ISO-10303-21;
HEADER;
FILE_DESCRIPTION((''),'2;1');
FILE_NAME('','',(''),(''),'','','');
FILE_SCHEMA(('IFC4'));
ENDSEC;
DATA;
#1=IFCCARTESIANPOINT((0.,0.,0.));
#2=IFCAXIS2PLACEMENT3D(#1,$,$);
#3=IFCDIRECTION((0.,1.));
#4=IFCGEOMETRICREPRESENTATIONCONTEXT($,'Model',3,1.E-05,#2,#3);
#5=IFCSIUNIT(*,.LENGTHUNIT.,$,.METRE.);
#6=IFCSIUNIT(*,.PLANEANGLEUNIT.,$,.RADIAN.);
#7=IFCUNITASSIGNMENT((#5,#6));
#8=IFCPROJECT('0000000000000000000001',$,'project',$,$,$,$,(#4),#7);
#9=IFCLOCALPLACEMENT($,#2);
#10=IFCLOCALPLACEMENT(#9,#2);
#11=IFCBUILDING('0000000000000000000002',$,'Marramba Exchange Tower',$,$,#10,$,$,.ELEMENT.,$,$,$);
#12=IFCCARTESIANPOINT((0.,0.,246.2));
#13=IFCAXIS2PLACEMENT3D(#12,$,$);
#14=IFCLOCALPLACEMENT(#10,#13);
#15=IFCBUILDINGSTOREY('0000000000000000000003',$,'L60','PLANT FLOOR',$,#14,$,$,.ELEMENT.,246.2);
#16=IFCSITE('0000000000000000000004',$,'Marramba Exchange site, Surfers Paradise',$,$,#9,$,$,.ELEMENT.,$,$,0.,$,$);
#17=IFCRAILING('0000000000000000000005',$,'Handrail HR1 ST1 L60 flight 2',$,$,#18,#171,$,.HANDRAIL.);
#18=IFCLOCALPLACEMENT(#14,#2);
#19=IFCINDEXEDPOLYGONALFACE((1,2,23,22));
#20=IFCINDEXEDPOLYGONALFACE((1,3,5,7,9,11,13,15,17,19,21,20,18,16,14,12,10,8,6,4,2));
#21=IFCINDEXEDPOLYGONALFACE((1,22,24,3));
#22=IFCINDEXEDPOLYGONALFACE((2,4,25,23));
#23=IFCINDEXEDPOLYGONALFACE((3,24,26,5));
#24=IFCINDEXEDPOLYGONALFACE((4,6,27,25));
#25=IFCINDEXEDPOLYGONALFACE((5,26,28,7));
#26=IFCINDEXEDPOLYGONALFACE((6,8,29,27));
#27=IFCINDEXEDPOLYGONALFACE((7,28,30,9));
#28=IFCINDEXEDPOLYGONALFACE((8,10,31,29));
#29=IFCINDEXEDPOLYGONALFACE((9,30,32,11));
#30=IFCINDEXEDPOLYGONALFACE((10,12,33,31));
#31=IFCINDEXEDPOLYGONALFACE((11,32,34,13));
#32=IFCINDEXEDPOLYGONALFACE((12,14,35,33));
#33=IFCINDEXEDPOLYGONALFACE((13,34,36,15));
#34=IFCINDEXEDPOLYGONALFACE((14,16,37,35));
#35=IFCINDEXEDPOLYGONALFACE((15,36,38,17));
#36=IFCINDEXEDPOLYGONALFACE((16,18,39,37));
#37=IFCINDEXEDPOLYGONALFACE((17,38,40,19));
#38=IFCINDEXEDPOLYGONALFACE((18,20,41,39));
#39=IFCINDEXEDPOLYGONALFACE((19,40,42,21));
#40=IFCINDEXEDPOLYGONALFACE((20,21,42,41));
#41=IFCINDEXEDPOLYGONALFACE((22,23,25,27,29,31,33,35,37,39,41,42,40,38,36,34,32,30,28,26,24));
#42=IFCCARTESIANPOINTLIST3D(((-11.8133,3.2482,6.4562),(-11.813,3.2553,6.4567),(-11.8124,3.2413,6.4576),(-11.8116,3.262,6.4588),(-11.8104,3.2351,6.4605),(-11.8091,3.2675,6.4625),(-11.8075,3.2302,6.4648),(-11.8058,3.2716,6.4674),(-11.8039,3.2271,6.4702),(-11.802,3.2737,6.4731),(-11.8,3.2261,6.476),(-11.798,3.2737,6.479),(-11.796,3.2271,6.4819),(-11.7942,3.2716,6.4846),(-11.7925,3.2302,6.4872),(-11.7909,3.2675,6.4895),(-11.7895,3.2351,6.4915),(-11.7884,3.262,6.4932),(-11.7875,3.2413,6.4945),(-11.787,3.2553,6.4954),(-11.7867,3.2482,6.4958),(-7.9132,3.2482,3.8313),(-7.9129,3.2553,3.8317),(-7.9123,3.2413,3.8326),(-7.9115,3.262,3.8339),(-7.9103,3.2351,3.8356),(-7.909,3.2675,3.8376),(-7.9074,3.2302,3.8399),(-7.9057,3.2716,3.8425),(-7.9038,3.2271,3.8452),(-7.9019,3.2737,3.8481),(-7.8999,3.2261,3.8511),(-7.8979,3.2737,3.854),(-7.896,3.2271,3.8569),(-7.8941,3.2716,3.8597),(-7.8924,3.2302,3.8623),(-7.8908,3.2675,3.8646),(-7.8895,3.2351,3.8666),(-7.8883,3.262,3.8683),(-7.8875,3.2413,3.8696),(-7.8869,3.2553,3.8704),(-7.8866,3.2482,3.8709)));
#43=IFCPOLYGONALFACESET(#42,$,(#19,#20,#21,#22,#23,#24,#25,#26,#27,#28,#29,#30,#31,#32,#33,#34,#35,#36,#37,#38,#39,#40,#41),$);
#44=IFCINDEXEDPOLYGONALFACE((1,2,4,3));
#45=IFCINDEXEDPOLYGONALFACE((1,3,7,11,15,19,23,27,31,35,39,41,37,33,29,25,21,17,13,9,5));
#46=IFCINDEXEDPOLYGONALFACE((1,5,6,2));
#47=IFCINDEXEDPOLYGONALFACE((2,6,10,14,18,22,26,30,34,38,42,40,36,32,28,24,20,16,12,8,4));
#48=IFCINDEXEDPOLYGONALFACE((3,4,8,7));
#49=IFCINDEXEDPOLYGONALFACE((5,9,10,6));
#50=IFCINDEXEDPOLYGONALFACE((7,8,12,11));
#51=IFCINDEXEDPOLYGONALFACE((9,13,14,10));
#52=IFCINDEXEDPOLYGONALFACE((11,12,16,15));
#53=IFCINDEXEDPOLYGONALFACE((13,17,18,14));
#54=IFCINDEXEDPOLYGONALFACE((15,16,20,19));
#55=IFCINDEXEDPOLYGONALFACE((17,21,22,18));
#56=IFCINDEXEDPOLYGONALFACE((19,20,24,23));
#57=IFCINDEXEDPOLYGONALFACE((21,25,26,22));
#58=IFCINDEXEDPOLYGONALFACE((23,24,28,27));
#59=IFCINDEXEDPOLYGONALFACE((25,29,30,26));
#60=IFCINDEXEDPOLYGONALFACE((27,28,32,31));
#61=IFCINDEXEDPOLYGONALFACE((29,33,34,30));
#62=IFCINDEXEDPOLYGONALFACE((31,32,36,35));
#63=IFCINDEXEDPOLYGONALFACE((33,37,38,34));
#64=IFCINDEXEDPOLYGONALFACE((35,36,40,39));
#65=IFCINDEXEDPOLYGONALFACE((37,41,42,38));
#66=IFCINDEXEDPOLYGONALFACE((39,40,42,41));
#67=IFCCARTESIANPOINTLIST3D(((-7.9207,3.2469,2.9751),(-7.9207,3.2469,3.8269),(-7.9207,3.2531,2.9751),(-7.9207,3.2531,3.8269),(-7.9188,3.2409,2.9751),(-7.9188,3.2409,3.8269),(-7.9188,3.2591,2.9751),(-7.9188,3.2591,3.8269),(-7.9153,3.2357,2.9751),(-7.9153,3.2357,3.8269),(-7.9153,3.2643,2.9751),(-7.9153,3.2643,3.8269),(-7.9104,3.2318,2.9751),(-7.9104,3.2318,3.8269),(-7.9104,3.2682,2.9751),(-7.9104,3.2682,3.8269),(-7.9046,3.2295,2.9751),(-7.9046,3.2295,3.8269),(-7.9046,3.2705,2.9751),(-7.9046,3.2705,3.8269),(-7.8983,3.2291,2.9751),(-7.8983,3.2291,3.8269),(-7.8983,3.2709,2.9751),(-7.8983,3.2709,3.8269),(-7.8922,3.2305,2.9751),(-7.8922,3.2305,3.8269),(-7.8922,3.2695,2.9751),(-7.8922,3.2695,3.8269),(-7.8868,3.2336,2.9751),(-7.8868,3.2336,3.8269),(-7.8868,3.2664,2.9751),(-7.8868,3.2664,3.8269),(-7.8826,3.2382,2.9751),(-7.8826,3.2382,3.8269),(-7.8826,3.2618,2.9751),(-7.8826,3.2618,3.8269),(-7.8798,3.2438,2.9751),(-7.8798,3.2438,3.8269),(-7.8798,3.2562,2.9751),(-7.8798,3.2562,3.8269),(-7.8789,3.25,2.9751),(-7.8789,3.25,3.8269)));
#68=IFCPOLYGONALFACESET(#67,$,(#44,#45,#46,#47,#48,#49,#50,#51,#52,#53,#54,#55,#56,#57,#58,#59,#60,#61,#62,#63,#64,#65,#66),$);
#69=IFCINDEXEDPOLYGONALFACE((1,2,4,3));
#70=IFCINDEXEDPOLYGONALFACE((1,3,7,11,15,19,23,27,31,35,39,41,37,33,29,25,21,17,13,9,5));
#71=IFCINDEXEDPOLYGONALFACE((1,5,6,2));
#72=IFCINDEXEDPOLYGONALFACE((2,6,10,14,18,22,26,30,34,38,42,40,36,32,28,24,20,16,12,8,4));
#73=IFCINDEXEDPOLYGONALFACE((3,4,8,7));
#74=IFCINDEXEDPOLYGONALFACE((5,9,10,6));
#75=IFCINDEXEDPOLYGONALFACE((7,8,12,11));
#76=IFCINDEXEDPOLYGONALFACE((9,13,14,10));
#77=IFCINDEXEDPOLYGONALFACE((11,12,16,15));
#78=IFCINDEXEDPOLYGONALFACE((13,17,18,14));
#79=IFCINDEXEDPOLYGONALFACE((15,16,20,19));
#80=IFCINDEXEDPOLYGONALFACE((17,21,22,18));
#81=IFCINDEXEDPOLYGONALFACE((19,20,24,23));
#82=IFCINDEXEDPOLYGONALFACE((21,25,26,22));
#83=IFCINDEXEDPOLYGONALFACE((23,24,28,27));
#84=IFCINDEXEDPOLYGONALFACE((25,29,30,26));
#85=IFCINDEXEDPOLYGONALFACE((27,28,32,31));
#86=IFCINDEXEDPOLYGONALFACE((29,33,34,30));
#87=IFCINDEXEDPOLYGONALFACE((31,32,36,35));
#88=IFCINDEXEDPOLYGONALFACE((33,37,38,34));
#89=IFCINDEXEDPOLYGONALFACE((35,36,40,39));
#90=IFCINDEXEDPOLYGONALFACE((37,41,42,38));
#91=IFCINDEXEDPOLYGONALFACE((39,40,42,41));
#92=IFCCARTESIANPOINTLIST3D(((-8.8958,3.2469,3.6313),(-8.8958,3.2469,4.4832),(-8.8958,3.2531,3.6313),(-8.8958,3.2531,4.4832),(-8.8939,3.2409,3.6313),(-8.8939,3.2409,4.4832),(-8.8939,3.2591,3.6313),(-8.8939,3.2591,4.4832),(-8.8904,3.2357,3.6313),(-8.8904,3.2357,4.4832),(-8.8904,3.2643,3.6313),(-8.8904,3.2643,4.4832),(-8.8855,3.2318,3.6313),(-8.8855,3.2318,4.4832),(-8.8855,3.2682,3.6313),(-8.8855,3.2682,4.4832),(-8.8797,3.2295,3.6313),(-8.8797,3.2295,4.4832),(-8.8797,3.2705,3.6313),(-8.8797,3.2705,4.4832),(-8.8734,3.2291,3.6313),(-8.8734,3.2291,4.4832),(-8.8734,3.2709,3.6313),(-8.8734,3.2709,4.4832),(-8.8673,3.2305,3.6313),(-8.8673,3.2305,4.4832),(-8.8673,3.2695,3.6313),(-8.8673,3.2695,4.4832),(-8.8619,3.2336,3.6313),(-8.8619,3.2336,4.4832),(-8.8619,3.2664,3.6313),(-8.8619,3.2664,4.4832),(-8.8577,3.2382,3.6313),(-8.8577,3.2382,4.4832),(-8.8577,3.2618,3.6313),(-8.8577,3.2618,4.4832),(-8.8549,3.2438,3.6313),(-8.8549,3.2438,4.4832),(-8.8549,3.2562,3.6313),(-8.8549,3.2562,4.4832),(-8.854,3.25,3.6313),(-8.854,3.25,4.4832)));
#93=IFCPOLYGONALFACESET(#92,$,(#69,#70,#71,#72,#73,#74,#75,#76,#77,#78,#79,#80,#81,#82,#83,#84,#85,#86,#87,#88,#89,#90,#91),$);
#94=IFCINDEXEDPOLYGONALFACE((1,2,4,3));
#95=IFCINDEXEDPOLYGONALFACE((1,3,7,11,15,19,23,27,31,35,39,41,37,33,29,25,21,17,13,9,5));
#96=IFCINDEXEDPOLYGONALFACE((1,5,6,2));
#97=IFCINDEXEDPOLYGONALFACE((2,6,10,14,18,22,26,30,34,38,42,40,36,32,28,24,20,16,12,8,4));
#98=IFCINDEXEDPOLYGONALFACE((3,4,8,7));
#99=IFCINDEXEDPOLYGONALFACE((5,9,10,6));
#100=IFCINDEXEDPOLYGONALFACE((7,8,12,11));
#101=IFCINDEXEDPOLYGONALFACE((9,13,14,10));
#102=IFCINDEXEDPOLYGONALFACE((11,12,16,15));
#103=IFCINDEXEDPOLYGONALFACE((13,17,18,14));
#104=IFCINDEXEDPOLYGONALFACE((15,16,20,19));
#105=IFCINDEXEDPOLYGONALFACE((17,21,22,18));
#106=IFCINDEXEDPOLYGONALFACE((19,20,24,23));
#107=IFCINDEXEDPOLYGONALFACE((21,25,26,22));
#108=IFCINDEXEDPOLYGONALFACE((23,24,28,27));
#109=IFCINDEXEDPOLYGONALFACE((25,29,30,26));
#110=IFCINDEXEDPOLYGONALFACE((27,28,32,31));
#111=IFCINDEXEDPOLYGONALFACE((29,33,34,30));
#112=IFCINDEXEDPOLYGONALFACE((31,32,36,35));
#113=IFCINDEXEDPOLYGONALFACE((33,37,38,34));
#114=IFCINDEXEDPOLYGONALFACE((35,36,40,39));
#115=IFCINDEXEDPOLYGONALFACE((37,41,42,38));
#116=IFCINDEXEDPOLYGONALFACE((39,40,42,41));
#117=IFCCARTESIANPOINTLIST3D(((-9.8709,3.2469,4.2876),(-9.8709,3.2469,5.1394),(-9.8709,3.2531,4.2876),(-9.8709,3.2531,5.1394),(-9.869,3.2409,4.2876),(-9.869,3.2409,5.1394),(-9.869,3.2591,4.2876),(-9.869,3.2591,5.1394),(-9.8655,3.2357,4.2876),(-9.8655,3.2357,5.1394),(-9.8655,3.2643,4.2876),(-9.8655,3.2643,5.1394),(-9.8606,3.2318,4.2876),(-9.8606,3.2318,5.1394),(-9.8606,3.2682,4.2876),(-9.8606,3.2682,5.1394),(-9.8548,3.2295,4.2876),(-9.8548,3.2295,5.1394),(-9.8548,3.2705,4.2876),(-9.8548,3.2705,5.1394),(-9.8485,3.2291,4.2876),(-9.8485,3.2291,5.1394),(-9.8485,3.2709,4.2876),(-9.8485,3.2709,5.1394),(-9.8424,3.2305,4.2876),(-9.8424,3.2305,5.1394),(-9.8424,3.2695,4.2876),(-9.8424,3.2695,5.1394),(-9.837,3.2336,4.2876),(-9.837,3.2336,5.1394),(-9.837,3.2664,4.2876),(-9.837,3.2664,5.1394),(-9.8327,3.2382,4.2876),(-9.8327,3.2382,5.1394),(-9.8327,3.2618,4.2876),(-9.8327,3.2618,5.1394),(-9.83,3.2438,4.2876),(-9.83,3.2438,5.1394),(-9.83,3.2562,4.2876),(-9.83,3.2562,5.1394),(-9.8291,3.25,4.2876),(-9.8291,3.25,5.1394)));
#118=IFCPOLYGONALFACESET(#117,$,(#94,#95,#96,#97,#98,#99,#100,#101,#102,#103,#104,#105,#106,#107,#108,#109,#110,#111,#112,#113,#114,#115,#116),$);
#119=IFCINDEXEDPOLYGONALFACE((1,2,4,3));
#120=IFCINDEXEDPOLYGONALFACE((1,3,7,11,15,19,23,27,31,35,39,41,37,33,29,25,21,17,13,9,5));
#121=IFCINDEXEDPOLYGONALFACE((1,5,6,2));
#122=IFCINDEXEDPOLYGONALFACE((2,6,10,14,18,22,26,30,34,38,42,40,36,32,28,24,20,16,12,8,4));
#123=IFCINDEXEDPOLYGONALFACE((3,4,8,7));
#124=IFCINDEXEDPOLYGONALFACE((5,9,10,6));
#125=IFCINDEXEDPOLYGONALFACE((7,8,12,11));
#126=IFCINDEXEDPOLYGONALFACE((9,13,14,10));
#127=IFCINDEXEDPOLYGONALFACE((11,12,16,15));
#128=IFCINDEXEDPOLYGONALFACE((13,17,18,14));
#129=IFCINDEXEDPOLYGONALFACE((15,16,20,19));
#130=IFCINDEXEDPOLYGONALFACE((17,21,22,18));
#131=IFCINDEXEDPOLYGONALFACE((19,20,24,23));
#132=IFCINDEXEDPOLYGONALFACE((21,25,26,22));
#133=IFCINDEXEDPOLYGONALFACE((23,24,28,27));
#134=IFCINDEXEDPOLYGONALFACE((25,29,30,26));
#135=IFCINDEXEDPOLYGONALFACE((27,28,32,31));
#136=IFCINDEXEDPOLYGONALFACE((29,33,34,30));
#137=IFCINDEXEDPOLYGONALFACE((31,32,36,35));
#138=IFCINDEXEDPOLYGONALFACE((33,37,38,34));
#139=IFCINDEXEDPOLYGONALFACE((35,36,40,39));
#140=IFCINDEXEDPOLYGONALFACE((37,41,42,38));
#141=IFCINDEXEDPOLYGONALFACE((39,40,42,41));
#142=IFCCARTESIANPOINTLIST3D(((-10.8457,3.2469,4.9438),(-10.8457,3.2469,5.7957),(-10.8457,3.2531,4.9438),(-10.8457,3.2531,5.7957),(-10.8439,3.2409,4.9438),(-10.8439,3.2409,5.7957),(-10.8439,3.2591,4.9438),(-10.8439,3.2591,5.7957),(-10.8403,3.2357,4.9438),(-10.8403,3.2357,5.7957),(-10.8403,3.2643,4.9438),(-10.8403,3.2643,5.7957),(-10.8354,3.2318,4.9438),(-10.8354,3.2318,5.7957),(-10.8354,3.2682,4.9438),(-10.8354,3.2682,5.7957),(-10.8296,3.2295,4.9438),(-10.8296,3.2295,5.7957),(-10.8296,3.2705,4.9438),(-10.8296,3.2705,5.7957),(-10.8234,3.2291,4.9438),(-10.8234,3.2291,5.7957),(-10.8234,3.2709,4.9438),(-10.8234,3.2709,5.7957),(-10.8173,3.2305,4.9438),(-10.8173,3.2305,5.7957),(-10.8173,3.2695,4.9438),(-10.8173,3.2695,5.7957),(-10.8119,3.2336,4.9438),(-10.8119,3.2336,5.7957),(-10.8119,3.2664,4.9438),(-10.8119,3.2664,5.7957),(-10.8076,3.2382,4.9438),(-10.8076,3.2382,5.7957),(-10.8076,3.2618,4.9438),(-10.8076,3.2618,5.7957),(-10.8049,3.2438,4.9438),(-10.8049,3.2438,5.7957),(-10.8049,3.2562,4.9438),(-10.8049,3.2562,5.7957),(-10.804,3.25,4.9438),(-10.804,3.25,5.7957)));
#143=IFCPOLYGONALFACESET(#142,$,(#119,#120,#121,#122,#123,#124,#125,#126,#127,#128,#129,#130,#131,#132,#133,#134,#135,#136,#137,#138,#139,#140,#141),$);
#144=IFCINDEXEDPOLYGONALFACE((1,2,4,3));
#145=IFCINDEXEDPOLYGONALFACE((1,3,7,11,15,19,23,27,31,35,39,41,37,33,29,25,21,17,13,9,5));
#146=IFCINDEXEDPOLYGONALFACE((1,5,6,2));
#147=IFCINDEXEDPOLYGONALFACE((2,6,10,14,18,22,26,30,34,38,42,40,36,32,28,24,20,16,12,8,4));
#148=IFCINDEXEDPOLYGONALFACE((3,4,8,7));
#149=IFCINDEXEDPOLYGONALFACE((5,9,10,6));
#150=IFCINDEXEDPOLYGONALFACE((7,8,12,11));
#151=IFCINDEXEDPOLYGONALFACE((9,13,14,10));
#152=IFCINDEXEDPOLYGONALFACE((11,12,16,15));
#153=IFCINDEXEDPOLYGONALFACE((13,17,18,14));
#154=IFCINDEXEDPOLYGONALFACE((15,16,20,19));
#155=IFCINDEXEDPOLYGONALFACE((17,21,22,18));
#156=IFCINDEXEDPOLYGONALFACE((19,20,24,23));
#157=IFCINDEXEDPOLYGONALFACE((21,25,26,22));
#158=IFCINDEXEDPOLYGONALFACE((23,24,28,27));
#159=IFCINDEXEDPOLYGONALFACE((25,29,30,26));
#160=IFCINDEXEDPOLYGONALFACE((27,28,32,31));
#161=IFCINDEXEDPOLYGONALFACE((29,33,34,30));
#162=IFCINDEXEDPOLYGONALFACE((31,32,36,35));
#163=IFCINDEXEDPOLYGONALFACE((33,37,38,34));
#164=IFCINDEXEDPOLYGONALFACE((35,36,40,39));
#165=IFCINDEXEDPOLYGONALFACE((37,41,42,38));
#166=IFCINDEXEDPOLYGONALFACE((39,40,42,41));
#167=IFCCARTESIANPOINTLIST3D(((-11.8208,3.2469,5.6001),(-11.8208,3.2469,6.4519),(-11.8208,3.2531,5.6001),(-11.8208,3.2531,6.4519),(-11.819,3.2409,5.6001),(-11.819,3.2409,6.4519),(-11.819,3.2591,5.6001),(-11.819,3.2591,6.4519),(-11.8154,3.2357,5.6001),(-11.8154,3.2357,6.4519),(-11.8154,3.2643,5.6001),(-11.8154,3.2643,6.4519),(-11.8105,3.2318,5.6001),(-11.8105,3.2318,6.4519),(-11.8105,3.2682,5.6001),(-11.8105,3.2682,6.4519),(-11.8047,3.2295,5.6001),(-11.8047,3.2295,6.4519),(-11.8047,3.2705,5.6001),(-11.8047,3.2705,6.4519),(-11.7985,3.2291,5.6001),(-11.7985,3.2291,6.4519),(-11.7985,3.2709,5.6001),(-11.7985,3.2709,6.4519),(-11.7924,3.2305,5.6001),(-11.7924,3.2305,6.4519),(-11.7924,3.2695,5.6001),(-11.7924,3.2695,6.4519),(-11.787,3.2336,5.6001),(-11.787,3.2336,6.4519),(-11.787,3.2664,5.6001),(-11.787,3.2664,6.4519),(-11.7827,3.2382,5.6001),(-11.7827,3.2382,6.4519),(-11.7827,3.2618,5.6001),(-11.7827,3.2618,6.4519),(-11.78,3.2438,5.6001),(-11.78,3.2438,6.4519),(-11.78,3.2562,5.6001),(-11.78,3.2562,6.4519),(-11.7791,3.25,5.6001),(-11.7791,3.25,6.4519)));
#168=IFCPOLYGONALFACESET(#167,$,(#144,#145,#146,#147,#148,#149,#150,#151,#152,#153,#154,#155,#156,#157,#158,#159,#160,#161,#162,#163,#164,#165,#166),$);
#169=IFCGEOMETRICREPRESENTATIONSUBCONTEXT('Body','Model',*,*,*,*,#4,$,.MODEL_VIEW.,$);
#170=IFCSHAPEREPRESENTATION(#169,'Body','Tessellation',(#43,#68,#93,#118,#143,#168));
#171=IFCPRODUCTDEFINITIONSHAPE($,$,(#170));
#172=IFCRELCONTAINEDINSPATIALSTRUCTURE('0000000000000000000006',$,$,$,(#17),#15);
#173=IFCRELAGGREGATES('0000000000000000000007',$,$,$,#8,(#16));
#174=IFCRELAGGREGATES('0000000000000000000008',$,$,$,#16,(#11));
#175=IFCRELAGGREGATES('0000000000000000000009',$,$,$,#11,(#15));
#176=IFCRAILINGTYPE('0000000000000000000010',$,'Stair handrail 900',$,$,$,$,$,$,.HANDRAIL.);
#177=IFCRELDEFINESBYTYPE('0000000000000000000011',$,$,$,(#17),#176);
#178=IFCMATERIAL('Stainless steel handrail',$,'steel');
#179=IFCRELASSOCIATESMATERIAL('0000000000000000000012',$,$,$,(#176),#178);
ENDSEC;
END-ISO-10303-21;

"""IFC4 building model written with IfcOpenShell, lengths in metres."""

from ifc_helpers import new_model, si_unit, direction, frame, origin, origin_2d, place, context, subcontext, project, spatial, circle, extrude, material, type_object, element, save


model = new_model("IFC4")

# Units and contexts
model_context = context("Model", 3, precision=1e-05, world=origin(), true_north=direction((0.0, 1.0)))
body_context = subcontext(model_context, "Body", "Model", "MODEL_VIEW")
ifc_project = project(units=[si_unit("LENGTHUNIT", "METRE"), si_unit("PLANEANGLEUNIT", "RADIAN")], contexts=[model_context])

# Site, building, storey
site_placement = place(None, origin())
site = spatial("IfcSite", under=ifc_project, at=site_placement, Name="Marramba Exchange site, Surfers Paradise", CompositionType="ELEMENT", RefElevation=0.0)
building_placement = place(site_placement, origin())
building = spatial("IfcBuilding", under=site, at=building_placement, Name="Marramba Exchange Tower", CompositionType="ELEMENT")
storey_placement = place(building_placement, frame((0.0, 0.0, 246.2)))
storey = spatial("IfcBuildingStorey", under=building, at=storey_placement, Name="L60", Description="PLANT FLOOR", CompositionType="ELEMENT", Elevation=246.2)

# Railing
ifc_material_1 = material(Name="Stainless steel handrail", Category="steel")
railing_type = type_object("IfcRailingType", Name="Stair handrail 900", PredefinedType="HANDRAIL", material=ifc_material_1)
railing_placement = place(storey_placement, frame((-7.8999, 3.25, 2.9751)))
element("IfcRailing", 1, at=railing_placement, inside=storey, type_object=railing_type, Name="Handrail HR1 ST1 L60 flight 2", PredefinedType="HANDRAIL", context=body_context, shape_type="SweptSolid", body=[
    extrude(circle(Radius=0.0239, at=origin_2d()), frame((0.0, 0.0, 0.876), z_axis=(-0.829597, 0.0, 0.558362), x_axis=(0.0, -1.0, 0.0)), (0.0, 0.0, 1.0), 4.7012),
    extrude(circle(Radius=0.021, at=origin_2d()), origin(), (0.0, 0.0, 1.0), 0.8518),
    extrude(circle(Radius=0.021, at=origin_2d()), frame((-0.9751, 0.0, 0.6562)), (0.0, 0.0, 1.0), 0.8518),
    extrude(circle(Radius=0.021, at=origin_2d()), frame((-1.9502, 0.0, 1.3125)), (0.0, 0.0, 1.0), 0.8518),
    extrude(circle(Radius=0.021, at=origin_2d()), frame((-2.925, 0.0, 1.9688)), (0.0, 0.0, 1.0), 0.8518),
    extrude(circle(Radius=0.021, at=origin_2d()), frame((-3.9001, 0.0, 2.625)), (0.0, 0.0, 1.0), 0.8518),
])

save(model, "model.ifc")
